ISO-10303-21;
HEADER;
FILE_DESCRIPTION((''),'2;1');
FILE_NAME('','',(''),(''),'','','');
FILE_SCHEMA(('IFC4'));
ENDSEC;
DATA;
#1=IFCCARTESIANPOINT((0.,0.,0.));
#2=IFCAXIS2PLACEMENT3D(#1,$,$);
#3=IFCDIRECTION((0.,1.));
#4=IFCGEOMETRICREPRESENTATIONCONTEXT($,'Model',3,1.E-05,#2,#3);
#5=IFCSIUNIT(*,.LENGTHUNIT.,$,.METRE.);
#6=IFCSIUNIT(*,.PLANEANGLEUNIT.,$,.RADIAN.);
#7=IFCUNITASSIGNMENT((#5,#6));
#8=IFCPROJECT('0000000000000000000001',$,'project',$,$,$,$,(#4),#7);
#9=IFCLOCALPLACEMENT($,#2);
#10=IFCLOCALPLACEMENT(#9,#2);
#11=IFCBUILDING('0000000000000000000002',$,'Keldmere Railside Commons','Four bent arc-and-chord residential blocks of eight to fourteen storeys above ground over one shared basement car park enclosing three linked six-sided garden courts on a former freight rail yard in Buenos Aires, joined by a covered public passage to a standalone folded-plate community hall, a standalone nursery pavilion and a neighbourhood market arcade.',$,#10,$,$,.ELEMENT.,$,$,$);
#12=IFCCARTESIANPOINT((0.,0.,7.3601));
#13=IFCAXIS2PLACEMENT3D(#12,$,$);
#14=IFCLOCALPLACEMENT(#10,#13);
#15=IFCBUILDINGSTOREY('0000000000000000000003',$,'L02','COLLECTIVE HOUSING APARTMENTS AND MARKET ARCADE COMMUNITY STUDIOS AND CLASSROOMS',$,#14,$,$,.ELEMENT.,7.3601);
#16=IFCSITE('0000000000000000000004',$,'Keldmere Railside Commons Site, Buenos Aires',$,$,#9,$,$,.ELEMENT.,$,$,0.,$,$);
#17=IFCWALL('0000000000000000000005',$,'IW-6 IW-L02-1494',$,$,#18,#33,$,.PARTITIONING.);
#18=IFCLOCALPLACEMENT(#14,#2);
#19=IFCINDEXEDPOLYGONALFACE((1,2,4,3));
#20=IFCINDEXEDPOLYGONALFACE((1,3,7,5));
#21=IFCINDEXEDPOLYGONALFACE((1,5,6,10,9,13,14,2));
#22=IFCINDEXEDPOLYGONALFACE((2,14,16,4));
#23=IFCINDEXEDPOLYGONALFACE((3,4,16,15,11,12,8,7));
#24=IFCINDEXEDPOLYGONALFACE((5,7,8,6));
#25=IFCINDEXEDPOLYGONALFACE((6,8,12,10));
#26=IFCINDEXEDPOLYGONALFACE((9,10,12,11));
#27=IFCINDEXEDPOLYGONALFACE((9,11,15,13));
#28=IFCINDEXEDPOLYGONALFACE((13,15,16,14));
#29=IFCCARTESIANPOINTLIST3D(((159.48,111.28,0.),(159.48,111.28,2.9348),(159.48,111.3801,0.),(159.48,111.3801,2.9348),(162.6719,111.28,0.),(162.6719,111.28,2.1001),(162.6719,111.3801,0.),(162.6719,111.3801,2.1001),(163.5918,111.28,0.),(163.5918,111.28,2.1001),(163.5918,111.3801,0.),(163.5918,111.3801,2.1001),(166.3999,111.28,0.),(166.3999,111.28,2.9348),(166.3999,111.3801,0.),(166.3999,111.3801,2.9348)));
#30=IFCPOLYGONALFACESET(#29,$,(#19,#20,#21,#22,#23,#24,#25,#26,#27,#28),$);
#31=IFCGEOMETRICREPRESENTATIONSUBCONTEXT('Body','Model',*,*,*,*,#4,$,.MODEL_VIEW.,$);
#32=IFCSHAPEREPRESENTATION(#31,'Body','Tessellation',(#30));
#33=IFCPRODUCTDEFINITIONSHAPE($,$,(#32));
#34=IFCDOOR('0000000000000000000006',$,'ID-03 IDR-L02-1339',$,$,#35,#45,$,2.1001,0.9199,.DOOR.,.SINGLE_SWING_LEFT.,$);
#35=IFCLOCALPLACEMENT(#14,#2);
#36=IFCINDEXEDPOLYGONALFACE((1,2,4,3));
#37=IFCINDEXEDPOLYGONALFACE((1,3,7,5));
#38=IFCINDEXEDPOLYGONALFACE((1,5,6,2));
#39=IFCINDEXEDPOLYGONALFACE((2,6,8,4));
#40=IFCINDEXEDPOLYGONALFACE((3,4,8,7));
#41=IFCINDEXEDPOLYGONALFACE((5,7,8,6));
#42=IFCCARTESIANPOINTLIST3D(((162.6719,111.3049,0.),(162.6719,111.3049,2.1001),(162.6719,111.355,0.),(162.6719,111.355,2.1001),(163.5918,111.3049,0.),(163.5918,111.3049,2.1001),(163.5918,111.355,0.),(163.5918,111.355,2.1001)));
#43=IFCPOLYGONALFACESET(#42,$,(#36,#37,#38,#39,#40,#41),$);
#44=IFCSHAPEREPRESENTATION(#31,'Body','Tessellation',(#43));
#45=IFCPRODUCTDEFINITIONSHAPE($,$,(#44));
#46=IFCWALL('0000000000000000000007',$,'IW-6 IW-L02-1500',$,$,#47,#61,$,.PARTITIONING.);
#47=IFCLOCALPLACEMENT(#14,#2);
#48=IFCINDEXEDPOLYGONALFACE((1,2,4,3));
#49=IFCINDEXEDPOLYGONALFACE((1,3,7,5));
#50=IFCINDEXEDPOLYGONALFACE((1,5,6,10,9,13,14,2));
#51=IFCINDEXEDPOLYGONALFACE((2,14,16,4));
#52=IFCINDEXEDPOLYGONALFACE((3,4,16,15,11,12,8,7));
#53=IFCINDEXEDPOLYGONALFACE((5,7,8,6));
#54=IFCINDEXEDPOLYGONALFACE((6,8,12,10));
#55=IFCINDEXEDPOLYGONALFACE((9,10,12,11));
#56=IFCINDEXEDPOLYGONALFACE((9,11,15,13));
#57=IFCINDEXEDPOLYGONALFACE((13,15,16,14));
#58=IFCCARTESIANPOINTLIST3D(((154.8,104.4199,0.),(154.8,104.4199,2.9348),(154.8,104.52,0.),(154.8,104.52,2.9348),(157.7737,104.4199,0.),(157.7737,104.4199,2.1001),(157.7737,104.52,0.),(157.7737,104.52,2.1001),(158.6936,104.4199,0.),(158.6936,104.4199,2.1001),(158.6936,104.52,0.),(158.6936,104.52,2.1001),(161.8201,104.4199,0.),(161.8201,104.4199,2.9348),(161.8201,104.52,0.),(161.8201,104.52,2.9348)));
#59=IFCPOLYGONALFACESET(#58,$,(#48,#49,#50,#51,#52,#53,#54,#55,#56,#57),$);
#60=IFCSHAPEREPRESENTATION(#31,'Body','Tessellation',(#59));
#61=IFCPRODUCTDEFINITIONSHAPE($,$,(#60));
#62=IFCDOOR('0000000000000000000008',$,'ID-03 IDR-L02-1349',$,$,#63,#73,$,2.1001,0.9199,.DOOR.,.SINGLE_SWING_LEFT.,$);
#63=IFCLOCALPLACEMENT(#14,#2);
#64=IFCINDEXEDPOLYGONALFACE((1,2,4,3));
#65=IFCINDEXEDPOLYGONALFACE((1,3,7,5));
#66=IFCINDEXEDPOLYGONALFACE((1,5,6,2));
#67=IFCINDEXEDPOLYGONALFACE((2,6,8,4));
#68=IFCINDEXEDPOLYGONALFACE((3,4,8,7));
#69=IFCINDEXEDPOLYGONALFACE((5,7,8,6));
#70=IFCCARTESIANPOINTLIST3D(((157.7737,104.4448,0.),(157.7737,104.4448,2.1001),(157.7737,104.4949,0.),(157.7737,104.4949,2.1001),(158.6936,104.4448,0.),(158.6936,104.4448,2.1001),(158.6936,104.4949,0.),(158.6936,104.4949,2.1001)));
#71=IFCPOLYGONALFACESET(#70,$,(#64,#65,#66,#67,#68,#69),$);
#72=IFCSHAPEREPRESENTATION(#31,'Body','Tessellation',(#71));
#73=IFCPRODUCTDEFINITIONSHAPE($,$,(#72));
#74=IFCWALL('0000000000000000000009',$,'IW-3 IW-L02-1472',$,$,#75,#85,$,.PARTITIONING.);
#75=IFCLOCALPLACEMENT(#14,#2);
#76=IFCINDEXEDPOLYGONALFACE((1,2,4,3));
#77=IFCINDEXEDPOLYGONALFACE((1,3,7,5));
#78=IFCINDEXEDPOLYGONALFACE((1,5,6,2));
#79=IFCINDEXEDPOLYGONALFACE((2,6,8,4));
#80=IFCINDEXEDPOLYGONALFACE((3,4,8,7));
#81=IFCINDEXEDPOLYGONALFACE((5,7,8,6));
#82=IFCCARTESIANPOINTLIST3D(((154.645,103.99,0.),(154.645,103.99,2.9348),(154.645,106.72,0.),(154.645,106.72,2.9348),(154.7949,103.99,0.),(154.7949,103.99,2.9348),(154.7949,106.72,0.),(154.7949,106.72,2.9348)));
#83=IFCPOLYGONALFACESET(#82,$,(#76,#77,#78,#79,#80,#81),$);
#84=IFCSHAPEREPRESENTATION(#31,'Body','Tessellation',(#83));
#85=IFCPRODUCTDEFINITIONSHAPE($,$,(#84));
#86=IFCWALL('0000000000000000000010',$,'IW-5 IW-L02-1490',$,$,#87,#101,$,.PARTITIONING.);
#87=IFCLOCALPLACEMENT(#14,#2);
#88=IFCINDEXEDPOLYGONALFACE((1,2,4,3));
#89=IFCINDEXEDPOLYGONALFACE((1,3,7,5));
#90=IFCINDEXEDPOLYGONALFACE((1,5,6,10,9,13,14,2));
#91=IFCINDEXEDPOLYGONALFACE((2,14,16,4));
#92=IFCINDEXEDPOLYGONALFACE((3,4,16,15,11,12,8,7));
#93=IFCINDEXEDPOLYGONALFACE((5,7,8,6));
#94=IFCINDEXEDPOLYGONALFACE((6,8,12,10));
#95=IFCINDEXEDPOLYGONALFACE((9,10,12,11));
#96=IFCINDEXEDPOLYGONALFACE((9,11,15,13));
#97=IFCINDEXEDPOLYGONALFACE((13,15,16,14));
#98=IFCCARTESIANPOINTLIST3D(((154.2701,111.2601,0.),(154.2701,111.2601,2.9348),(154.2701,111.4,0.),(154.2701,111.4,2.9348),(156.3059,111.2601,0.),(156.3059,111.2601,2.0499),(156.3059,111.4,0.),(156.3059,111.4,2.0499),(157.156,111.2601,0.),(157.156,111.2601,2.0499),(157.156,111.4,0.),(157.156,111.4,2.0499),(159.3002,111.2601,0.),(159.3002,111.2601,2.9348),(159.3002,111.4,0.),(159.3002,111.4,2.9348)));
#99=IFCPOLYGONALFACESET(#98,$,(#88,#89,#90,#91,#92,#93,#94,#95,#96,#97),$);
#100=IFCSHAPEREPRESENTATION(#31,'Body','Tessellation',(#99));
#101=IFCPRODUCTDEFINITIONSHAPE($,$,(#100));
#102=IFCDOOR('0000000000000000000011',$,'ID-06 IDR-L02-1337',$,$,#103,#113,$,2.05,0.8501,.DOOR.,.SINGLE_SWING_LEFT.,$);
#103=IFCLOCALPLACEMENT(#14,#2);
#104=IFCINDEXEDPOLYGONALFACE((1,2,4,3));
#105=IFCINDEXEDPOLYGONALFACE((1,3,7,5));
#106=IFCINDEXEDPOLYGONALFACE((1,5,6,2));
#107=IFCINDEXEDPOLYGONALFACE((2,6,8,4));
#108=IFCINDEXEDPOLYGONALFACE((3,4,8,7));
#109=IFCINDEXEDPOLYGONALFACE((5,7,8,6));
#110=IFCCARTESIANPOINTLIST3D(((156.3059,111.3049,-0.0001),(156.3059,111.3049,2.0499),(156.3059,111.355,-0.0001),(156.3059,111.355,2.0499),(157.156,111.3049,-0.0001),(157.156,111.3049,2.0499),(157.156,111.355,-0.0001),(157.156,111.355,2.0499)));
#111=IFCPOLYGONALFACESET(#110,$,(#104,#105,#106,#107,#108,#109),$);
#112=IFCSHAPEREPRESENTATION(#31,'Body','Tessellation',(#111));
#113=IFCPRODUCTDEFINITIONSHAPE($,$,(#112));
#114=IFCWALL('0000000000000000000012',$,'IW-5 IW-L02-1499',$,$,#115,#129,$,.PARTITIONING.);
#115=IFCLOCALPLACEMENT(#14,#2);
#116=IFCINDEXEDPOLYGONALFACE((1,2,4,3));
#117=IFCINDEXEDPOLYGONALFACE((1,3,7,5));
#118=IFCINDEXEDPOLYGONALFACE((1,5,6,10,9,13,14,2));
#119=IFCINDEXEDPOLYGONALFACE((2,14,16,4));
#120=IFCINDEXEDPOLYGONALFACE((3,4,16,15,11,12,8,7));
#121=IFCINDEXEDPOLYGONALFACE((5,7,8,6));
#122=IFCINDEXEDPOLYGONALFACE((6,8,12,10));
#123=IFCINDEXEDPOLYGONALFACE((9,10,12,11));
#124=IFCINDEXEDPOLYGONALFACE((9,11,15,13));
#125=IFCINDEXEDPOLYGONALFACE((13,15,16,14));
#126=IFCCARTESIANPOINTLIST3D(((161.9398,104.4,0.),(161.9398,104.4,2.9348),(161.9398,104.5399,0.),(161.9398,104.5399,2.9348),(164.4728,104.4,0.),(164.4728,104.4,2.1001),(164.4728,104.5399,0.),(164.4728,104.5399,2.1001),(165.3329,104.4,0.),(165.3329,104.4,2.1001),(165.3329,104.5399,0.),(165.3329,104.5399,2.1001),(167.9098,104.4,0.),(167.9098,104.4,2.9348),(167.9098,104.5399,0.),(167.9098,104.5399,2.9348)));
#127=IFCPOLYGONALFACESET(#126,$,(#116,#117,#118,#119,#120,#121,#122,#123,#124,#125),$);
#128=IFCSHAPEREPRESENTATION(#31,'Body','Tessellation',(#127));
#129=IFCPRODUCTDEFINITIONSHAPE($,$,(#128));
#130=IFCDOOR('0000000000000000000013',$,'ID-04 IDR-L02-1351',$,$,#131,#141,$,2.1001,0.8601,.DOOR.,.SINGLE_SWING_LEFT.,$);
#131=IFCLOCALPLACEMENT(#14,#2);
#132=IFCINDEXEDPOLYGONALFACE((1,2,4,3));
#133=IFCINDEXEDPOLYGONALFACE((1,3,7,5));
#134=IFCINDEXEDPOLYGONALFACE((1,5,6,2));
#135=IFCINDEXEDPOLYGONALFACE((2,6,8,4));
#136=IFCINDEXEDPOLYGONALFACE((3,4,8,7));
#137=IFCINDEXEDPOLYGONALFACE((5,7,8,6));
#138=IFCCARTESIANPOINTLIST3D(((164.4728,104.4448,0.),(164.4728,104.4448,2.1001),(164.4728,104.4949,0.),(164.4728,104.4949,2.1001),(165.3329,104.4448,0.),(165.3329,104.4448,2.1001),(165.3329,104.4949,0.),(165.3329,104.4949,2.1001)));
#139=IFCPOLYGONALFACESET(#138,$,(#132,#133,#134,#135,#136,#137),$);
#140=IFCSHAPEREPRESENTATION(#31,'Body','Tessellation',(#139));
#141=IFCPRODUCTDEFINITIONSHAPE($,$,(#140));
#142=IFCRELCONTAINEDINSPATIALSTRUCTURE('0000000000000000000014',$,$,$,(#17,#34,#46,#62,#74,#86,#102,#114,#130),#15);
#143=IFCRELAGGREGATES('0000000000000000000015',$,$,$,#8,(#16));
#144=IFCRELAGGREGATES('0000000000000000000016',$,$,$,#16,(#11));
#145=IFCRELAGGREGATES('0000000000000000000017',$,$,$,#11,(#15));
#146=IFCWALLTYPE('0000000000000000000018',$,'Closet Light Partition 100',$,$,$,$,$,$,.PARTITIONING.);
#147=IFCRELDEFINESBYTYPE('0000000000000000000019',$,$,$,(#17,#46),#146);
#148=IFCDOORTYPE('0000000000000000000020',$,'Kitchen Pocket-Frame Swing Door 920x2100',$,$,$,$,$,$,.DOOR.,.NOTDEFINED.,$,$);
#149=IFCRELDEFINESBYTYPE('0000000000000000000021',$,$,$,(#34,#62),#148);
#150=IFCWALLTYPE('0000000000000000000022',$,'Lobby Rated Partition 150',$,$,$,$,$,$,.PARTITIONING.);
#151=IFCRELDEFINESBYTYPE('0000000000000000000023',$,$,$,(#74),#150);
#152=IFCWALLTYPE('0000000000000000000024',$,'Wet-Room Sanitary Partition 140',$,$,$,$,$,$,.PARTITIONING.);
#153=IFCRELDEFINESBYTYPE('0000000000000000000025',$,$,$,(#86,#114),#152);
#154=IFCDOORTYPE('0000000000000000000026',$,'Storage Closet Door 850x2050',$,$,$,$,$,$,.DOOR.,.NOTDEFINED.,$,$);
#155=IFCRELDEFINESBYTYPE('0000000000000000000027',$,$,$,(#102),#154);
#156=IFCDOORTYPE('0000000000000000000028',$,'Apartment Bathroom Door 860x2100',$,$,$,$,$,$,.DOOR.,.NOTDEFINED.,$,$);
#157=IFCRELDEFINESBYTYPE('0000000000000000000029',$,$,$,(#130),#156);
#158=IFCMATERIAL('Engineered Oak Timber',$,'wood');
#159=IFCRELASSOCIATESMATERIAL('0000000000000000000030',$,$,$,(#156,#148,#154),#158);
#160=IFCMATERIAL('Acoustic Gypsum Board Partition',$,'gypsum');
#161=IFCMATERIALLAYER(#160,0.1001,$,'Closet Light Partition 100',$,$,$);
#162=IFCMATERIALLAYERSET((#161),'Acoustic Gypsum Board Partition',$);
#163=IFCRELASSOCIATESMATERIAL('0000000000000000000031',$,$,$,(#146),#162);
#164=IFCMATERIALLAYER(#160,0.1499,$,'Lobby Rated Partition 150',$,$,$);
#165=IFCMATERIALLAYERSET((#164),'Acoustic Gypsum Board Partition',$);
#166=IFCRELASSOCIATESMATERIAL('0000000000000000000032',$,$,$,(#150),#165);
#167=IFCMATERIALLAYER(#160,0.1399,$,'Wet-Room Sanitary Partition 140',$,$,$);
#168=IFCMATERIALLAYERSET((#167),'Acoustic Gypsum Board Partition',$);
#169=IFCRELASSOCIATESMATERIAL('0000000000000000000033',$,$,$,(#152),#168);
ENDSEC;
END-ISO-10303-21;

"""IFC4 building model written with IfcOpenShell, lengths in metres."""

from ifc_helpers import new_model, si_unit, direction, frame, frame_2d, origin, place, context, subcontext, project, spatial, rectangle, extrude, material, layer, layer_set, type_object, element, fill, save


model = new_model("IFC4")

# Units and contexts
model_context = context("Model", 3, precision=1e-05, world=origin(), true_north=direction((0.0, 1.0)))
body_context = subcontext(model_context, "Body", "Model", "MODEL_VIEW")
ifc_project = project(units=[si_unit("LENGTHUNIT", "METRE"), si_unit("PLANEANGLEUNIT", "RADIAN")], contexts=[model_context])

# Site, building, storey
site_placement = place(None, origin())
site = spatial("IfcSite", under=ifc_project, at=site_placement, Name="Keldmere Railside Commons Site, Buenos Aires", CompositionType="ELEMENT", RefElevation=0.0)
building_placement = place(site_placement, origin())
building = spatial("IfcBuilding", under=site, at=building_placement, Name="Keldmere Railside Commons", Description="Four bent arc-and-chord residential blocks of eight to fourteen storeys above ground over one shared basement car park enclosing three linked six-sided garden courts on a former freight rail yard in Buenos Aires, joined by a covered public passage to a standalone folded-plate community hall, a standalone nursery pavilion and a neighbourhood market arcade.", CompositionType="ELEMENT")
storey_placement = place(building_placement, frame((0.0, 0.0, 7.3601)))
storey = spatial("IfcBuildingStorey", under=building, at=storey_placement, Name="L02", Description="COLLECTIVE HOUSING APARTMENTS AND MARKET ARCADE COMMUNITY STUDIOS AND CLASSROOMS", CompositionType="ELEMENT", Elevation=7.3601)

# Shared definitions
ifc_material_1 = material(Name="Acoustic Gypsum Board Partition", Category="gypsum")

# Shared definitions
ifc_material_2 = material(Name="Engineered Oak Timber", Category="wood")
door_type_1 = type_object("IfcDoorType", Name="Apartment Bathroom Door 860x2100", OperationType="NOTDEFINED", PredefinedType="DOOR", material=ifc_material_2)

# Walls, openings, doors
ifc_layer_1 = layer(ifc_material_1, 0.1001, Name="Closet Light Partition 100")
ifc_layer_set_1 = layer_set([ifc_layer_1], Name="Acoustic Gypsum Board Partition")
wall_type_1 = type_object("IfcWallType", Name="Closet Light Partition 100", PredefinedType="PARTITIONING", material=ifc_layer_set_1)
wall_1_placement = place(storey_placement, frame((159.48, 111.3301, 0.0), z_axis=(0.0, 0.0, 1.0), x_axis=(1.0, 0.0, 0.0)))
wall_1 = element("IfcWall", 1, at=wall_1_placement, inside=storey, type_object=wall_type_1, Name="IW-6 IW-L02-1494", PredefinedType="PARTITIONING", context=body_context, shape_type="SweptSolid", body=[
    extrude(rectangle(XDim=6.9199, YDim=0.1001, at=frame_2d((3.46, 0.0))), origin(), (0.0, 0.0, 1.0), 2.9348),
])
opening_1_placement = place(wall_1_placement, frame((3.1919, 0.0, 0.0)))
opening_1 = element("IfcOpeningElement", 2, at=opening_1_placement, cuts=wall_1, PredefinedType="OPENING", context=body_context, shape_type="SweptSolid", body=[
    extrude(rectangle(XDim=0.9199, YDim=2.1001, at=frame_2d((0.46, 1.05))), frame((0.0, 0.0601, 0.0), z_axis=(0.0, -1.0, 0.0), x_axis=(1.0, 0.0, 0.0)), (0.0, 0.0, 1.0), 0.1201),
])
door_type_2 = type_object("IfcDoorType", Name="Kitchen Pocket-Frame Swing Door 920x2100", OperationType="NOTDEFINED", PredefinedType="DOOR", material=ifc_material_2)
door_1_placement = place(opening_1_placement, origin())
door_1 = element("IfcDoor", 3, at=door_1_placement, inside=storey, type_object=door_type_2, Name="ID-03 IDR-L02-1339", OperationType="SINGLE_SWING_LEFT", OverallHeight=2.1001, OverallWidth=0.9199, PredefinedType="DOOR", context=body_context, shape_type="SweptSolid", body=[
    extrude(rectangle(XDim=0.9199, YDim=2.1001, at=frame_2d((0.46, 1.05))), frame((0.0, 0.0249, 0.0), z_axis=(0.0, -1.0, 0.0), x_axis=(1.0, 0.0, 0.0)), (0.0, 0.0, 1.0), 0.05),
])
fill(opening_1, door_1)
wall_2_placement = place(storey_placement, frame((154.8, 104.47, 0.0), z_axis=(0.0, 0.0, 1.0), x_axis=(1.0, 0.0, 0.0)))
wall_2 = element("IfcWall", 4, at=wall_2_placement, inside=storey, type_object=wall_type_1, Name="IW-6 IW-L02-1500", PredefinedType="PARTITIONING", context=body_context, shape_type="SweptSolid", body=[
    extrude(rectangle(XDim=7.02, YDim=0.1001, at=frame_2d((3.51, 0.0))), origin(), (0.0, 0.0, 1.0), 2.9348),
])
opening_2_placement = place(wall_2_placement, frame((2.9736, 0.0, 0.0)))
opening_2 = element("IfcOpeningElement", 5, at=opening_2_placement, cuts=wall_2, PredefinedType="OPENING", context=body_context, shape_type="SweptSolid", body=[
    extrude(rectangle(XDim=0.9199, YDim=2.1001, at=frame_2d((0.46, 1.05))), frame((0.0, 0.0601, 0.0), z_axis=(0.0, -1.0, 0.0), x_axis=(1.0, 0.0, 0.0)), (0.0, 0.0, 1.0), 0.1201),
])
door_2_placement = place(opening_2_placement, origin())
door_2 = element("IfcDoor", 6, at=door_2_placement, inside=storey, type_object=door_type_2, Name="ID-03 IDR-L02-1349", OperationType="SINGLE_SWING_LEFT", OverallHeight=2.1001, OverallWidth=0.9199, PredefinedType="DOOR", context=body_context, shape_type="SweptSolid", body=[
    extrude(rectangle(XDim=0.9199, YDim=2.1001, at=frame_2d((0.46, 1.05))), frame((0.0, 0.0249, 0.0), z_axis=(0.0, -1.0, 0.0), x_axis=(1.0, 0.0, 0.0)), (0.0, 0.0, 1.0), 0.05),
])
fill(opening_2, door_2)

# Wall
ifc_layer_2 = layer(ifc_material_1, 0.1499, Name="Lobby Rated Partition 150")
ifc_layer_set_2 = layer_set([ifc_layer_2], Name="Acoustic Gypsum Board Partition")
wall_type_2 = type_object("IfcWallType", Name="Lobby Rated Partition 150", PredefinedType="PARTITIONING", material=ifc_layer_set_2)
wall_3_placement = place(storey_placement, frame((154.72, 103.99, 0.0), z_axis=(0.0, 0.0, 1.0), x_axis=(0.0, 1.0, 0.0)))
element("IfcWall", 7, at=wall_3_placement, inside=storey, type_object=wall_type_2, Name="IW-3 IW-L02-1472", PredefinedType="PARTITIONING", context=body_context, shape_type="SweptSolid", body=[
    extrude(rectangle(XDim=2.73, YDim=0.1499, at=frame_2d((1.365, 0.0))), origin(), (0.0, 0.0, 1.0), 2.9348),
])

# Walls, openings, doors
ifc_layer_3 = layer(ifc_material_1, 0.1399, Name="Wet-Room Sanitary Partition 140")
ifc_layer_set_3 = layer_set([ifc_layer_3], Name="Acoustic Gypsum Board Partition")
wall_type_3 = type_object("IfcWallType", Name="Wet-Room Sanitary Partition 140", PredefinedType="PARTITIONING", material=ifc_layer_set_3)
wall_4_placement = place(storey_placement, frame((154.27, 111.3301, 0.0), z_axis=(0.0, 0.0, 1.0), x_axis=(1.0, 0.0, 0.0)))
wall_4 = element("IfcWall", 8, at=wall_4_placement, inside=storey, type_object=wall_type_3, Name="IW-5 IW-L02-1490", PredefinedType="PARTITIONING", context=body_context, shape_type="SweptSolid", body=[
    extrude(rectangle(XDim=5.03, YDim=0.1399, at=frame_2d((2.5151, 0.0))), origin(), (0.0, 0.0, 1.0), 2.9348),
])
opening_3_placement = place(wall_4_placement, frame((2.0359, 0.0, 0.0)))
opening_3 = element("IfcOpeningElement", 9, at=opening_3_placement, cuts=wall_4, PredefinedType="OPENING", context=body_context, shape_type="SweptSolid", body=[
    extrude(rectangle(XDim=0.8501, YDim=2.05, at=frame_2d((0.425, 1.0249))), frame((0.0, 0.0798, 0.0), z_axis=(0.0, -1.0, 0.0), x_axis=(1.0, 0.0, 0.0)), (0.0, 0.0, 1.0), 0.1599),
])
door_type_3 = type_object("IfcDoorType", Name="Storage Closet Door 850x2050", OperationType="NOTDEFINED", PredefinedType="DOOR", material=ifc_material_2)
door_3_placement = place(opening_3_placement, origin())
door_3 = element("IfcDoor", 10, at=door_3_placement, inside=storey, type_object=door_type_3, Name="ID-06 IDR-L02-1337", OperationType="SINGLE_SWING_LEFT", OverallHeight=2.05, OverallWidth=0.8501, PredefinedType="DOOR", context=body_context, shape_type="SweptSolid", body=[
    extrude(rectangle(XDim=0.8501, YDim=2.05, at=frame_2d((0.425, 1.0249))), frame((0.0, 0.0249, 0.0), z_axis=(0.0, -1.0, 0.0), x_axis=(1.0, 0.0, 0.0)), (0.0, 0.0, 1.0), 0.05),
])
fill(opening_3, door_3)
wall_5_placement = place(storey_placement, frame((161.9399, 104.47, 0.0), z_axis=(0.0, 0.0, 1.0), x_axis=(1.0, 0.0, 0.0)))
wall_5 = element("IfcWall", 11, at=wall_5_placement, inside=storey, type_object=wall_type_3, Name="IW-5 IW-L02-1499", PredefinedType="PARTITIONING", context=body_context, shape_type="SweptSolid", body=[
    extrude(rectangle(XDim=5.97, YDim=0.1399, at=frame_2d((2.9849, 0.0))), origin(), (0.0, 0.0, 1.0), 2.9348),
])
opening_4_placement = place(wall_5_placement, frame((2.5327, 0.0, 0.0)))
opening_4 = element("IfcOpeningElement", 12, at=opening_4_placement, cuts=wall_5, PredefinedType="OPENING", context=body_context, shape_type="SweptSolid", body=[
    extrude(rectangle(XDim=0.8601, YDim=2.1001, at=frame_2d((0.4302, 1.05))), frame((0.0, 0.0798, 0.0), z_axis=(0.0, -1.0, 0.0), x_axis=(1.0, 0.0, 0.0)), (0.0, 0.0, 1.0), 0.1599),
])
door_4_placement = place(opening_4_placement, origin())
door_4 = element("IfcDoor", 13, at=door_4_placement, inside=storey, type_object=door_type_1, Name="ID-04 IDR-L02-1351", OperationType="SINGLE_SWING_LEFT", OverallHeight=2.1001, OverallWidth=0.8601, PredefinedType="DOOR", context=body_context, shape_type="SweptSolid", body=[
    extrude(rectangle(XDim=0.8601, YDim=2.1001, at=frame_2d((0.4302, 1.05))), frame((0.0, 0.0249, 0.0), z_axis=(0.0, -1.0, 0.0), x_axis=(1.0, 0.0, 0.0)), (0.0, 0.0, 1.0), 0.05),
])
fill(opening_4, door_4)

save(model, "model.ifc")
